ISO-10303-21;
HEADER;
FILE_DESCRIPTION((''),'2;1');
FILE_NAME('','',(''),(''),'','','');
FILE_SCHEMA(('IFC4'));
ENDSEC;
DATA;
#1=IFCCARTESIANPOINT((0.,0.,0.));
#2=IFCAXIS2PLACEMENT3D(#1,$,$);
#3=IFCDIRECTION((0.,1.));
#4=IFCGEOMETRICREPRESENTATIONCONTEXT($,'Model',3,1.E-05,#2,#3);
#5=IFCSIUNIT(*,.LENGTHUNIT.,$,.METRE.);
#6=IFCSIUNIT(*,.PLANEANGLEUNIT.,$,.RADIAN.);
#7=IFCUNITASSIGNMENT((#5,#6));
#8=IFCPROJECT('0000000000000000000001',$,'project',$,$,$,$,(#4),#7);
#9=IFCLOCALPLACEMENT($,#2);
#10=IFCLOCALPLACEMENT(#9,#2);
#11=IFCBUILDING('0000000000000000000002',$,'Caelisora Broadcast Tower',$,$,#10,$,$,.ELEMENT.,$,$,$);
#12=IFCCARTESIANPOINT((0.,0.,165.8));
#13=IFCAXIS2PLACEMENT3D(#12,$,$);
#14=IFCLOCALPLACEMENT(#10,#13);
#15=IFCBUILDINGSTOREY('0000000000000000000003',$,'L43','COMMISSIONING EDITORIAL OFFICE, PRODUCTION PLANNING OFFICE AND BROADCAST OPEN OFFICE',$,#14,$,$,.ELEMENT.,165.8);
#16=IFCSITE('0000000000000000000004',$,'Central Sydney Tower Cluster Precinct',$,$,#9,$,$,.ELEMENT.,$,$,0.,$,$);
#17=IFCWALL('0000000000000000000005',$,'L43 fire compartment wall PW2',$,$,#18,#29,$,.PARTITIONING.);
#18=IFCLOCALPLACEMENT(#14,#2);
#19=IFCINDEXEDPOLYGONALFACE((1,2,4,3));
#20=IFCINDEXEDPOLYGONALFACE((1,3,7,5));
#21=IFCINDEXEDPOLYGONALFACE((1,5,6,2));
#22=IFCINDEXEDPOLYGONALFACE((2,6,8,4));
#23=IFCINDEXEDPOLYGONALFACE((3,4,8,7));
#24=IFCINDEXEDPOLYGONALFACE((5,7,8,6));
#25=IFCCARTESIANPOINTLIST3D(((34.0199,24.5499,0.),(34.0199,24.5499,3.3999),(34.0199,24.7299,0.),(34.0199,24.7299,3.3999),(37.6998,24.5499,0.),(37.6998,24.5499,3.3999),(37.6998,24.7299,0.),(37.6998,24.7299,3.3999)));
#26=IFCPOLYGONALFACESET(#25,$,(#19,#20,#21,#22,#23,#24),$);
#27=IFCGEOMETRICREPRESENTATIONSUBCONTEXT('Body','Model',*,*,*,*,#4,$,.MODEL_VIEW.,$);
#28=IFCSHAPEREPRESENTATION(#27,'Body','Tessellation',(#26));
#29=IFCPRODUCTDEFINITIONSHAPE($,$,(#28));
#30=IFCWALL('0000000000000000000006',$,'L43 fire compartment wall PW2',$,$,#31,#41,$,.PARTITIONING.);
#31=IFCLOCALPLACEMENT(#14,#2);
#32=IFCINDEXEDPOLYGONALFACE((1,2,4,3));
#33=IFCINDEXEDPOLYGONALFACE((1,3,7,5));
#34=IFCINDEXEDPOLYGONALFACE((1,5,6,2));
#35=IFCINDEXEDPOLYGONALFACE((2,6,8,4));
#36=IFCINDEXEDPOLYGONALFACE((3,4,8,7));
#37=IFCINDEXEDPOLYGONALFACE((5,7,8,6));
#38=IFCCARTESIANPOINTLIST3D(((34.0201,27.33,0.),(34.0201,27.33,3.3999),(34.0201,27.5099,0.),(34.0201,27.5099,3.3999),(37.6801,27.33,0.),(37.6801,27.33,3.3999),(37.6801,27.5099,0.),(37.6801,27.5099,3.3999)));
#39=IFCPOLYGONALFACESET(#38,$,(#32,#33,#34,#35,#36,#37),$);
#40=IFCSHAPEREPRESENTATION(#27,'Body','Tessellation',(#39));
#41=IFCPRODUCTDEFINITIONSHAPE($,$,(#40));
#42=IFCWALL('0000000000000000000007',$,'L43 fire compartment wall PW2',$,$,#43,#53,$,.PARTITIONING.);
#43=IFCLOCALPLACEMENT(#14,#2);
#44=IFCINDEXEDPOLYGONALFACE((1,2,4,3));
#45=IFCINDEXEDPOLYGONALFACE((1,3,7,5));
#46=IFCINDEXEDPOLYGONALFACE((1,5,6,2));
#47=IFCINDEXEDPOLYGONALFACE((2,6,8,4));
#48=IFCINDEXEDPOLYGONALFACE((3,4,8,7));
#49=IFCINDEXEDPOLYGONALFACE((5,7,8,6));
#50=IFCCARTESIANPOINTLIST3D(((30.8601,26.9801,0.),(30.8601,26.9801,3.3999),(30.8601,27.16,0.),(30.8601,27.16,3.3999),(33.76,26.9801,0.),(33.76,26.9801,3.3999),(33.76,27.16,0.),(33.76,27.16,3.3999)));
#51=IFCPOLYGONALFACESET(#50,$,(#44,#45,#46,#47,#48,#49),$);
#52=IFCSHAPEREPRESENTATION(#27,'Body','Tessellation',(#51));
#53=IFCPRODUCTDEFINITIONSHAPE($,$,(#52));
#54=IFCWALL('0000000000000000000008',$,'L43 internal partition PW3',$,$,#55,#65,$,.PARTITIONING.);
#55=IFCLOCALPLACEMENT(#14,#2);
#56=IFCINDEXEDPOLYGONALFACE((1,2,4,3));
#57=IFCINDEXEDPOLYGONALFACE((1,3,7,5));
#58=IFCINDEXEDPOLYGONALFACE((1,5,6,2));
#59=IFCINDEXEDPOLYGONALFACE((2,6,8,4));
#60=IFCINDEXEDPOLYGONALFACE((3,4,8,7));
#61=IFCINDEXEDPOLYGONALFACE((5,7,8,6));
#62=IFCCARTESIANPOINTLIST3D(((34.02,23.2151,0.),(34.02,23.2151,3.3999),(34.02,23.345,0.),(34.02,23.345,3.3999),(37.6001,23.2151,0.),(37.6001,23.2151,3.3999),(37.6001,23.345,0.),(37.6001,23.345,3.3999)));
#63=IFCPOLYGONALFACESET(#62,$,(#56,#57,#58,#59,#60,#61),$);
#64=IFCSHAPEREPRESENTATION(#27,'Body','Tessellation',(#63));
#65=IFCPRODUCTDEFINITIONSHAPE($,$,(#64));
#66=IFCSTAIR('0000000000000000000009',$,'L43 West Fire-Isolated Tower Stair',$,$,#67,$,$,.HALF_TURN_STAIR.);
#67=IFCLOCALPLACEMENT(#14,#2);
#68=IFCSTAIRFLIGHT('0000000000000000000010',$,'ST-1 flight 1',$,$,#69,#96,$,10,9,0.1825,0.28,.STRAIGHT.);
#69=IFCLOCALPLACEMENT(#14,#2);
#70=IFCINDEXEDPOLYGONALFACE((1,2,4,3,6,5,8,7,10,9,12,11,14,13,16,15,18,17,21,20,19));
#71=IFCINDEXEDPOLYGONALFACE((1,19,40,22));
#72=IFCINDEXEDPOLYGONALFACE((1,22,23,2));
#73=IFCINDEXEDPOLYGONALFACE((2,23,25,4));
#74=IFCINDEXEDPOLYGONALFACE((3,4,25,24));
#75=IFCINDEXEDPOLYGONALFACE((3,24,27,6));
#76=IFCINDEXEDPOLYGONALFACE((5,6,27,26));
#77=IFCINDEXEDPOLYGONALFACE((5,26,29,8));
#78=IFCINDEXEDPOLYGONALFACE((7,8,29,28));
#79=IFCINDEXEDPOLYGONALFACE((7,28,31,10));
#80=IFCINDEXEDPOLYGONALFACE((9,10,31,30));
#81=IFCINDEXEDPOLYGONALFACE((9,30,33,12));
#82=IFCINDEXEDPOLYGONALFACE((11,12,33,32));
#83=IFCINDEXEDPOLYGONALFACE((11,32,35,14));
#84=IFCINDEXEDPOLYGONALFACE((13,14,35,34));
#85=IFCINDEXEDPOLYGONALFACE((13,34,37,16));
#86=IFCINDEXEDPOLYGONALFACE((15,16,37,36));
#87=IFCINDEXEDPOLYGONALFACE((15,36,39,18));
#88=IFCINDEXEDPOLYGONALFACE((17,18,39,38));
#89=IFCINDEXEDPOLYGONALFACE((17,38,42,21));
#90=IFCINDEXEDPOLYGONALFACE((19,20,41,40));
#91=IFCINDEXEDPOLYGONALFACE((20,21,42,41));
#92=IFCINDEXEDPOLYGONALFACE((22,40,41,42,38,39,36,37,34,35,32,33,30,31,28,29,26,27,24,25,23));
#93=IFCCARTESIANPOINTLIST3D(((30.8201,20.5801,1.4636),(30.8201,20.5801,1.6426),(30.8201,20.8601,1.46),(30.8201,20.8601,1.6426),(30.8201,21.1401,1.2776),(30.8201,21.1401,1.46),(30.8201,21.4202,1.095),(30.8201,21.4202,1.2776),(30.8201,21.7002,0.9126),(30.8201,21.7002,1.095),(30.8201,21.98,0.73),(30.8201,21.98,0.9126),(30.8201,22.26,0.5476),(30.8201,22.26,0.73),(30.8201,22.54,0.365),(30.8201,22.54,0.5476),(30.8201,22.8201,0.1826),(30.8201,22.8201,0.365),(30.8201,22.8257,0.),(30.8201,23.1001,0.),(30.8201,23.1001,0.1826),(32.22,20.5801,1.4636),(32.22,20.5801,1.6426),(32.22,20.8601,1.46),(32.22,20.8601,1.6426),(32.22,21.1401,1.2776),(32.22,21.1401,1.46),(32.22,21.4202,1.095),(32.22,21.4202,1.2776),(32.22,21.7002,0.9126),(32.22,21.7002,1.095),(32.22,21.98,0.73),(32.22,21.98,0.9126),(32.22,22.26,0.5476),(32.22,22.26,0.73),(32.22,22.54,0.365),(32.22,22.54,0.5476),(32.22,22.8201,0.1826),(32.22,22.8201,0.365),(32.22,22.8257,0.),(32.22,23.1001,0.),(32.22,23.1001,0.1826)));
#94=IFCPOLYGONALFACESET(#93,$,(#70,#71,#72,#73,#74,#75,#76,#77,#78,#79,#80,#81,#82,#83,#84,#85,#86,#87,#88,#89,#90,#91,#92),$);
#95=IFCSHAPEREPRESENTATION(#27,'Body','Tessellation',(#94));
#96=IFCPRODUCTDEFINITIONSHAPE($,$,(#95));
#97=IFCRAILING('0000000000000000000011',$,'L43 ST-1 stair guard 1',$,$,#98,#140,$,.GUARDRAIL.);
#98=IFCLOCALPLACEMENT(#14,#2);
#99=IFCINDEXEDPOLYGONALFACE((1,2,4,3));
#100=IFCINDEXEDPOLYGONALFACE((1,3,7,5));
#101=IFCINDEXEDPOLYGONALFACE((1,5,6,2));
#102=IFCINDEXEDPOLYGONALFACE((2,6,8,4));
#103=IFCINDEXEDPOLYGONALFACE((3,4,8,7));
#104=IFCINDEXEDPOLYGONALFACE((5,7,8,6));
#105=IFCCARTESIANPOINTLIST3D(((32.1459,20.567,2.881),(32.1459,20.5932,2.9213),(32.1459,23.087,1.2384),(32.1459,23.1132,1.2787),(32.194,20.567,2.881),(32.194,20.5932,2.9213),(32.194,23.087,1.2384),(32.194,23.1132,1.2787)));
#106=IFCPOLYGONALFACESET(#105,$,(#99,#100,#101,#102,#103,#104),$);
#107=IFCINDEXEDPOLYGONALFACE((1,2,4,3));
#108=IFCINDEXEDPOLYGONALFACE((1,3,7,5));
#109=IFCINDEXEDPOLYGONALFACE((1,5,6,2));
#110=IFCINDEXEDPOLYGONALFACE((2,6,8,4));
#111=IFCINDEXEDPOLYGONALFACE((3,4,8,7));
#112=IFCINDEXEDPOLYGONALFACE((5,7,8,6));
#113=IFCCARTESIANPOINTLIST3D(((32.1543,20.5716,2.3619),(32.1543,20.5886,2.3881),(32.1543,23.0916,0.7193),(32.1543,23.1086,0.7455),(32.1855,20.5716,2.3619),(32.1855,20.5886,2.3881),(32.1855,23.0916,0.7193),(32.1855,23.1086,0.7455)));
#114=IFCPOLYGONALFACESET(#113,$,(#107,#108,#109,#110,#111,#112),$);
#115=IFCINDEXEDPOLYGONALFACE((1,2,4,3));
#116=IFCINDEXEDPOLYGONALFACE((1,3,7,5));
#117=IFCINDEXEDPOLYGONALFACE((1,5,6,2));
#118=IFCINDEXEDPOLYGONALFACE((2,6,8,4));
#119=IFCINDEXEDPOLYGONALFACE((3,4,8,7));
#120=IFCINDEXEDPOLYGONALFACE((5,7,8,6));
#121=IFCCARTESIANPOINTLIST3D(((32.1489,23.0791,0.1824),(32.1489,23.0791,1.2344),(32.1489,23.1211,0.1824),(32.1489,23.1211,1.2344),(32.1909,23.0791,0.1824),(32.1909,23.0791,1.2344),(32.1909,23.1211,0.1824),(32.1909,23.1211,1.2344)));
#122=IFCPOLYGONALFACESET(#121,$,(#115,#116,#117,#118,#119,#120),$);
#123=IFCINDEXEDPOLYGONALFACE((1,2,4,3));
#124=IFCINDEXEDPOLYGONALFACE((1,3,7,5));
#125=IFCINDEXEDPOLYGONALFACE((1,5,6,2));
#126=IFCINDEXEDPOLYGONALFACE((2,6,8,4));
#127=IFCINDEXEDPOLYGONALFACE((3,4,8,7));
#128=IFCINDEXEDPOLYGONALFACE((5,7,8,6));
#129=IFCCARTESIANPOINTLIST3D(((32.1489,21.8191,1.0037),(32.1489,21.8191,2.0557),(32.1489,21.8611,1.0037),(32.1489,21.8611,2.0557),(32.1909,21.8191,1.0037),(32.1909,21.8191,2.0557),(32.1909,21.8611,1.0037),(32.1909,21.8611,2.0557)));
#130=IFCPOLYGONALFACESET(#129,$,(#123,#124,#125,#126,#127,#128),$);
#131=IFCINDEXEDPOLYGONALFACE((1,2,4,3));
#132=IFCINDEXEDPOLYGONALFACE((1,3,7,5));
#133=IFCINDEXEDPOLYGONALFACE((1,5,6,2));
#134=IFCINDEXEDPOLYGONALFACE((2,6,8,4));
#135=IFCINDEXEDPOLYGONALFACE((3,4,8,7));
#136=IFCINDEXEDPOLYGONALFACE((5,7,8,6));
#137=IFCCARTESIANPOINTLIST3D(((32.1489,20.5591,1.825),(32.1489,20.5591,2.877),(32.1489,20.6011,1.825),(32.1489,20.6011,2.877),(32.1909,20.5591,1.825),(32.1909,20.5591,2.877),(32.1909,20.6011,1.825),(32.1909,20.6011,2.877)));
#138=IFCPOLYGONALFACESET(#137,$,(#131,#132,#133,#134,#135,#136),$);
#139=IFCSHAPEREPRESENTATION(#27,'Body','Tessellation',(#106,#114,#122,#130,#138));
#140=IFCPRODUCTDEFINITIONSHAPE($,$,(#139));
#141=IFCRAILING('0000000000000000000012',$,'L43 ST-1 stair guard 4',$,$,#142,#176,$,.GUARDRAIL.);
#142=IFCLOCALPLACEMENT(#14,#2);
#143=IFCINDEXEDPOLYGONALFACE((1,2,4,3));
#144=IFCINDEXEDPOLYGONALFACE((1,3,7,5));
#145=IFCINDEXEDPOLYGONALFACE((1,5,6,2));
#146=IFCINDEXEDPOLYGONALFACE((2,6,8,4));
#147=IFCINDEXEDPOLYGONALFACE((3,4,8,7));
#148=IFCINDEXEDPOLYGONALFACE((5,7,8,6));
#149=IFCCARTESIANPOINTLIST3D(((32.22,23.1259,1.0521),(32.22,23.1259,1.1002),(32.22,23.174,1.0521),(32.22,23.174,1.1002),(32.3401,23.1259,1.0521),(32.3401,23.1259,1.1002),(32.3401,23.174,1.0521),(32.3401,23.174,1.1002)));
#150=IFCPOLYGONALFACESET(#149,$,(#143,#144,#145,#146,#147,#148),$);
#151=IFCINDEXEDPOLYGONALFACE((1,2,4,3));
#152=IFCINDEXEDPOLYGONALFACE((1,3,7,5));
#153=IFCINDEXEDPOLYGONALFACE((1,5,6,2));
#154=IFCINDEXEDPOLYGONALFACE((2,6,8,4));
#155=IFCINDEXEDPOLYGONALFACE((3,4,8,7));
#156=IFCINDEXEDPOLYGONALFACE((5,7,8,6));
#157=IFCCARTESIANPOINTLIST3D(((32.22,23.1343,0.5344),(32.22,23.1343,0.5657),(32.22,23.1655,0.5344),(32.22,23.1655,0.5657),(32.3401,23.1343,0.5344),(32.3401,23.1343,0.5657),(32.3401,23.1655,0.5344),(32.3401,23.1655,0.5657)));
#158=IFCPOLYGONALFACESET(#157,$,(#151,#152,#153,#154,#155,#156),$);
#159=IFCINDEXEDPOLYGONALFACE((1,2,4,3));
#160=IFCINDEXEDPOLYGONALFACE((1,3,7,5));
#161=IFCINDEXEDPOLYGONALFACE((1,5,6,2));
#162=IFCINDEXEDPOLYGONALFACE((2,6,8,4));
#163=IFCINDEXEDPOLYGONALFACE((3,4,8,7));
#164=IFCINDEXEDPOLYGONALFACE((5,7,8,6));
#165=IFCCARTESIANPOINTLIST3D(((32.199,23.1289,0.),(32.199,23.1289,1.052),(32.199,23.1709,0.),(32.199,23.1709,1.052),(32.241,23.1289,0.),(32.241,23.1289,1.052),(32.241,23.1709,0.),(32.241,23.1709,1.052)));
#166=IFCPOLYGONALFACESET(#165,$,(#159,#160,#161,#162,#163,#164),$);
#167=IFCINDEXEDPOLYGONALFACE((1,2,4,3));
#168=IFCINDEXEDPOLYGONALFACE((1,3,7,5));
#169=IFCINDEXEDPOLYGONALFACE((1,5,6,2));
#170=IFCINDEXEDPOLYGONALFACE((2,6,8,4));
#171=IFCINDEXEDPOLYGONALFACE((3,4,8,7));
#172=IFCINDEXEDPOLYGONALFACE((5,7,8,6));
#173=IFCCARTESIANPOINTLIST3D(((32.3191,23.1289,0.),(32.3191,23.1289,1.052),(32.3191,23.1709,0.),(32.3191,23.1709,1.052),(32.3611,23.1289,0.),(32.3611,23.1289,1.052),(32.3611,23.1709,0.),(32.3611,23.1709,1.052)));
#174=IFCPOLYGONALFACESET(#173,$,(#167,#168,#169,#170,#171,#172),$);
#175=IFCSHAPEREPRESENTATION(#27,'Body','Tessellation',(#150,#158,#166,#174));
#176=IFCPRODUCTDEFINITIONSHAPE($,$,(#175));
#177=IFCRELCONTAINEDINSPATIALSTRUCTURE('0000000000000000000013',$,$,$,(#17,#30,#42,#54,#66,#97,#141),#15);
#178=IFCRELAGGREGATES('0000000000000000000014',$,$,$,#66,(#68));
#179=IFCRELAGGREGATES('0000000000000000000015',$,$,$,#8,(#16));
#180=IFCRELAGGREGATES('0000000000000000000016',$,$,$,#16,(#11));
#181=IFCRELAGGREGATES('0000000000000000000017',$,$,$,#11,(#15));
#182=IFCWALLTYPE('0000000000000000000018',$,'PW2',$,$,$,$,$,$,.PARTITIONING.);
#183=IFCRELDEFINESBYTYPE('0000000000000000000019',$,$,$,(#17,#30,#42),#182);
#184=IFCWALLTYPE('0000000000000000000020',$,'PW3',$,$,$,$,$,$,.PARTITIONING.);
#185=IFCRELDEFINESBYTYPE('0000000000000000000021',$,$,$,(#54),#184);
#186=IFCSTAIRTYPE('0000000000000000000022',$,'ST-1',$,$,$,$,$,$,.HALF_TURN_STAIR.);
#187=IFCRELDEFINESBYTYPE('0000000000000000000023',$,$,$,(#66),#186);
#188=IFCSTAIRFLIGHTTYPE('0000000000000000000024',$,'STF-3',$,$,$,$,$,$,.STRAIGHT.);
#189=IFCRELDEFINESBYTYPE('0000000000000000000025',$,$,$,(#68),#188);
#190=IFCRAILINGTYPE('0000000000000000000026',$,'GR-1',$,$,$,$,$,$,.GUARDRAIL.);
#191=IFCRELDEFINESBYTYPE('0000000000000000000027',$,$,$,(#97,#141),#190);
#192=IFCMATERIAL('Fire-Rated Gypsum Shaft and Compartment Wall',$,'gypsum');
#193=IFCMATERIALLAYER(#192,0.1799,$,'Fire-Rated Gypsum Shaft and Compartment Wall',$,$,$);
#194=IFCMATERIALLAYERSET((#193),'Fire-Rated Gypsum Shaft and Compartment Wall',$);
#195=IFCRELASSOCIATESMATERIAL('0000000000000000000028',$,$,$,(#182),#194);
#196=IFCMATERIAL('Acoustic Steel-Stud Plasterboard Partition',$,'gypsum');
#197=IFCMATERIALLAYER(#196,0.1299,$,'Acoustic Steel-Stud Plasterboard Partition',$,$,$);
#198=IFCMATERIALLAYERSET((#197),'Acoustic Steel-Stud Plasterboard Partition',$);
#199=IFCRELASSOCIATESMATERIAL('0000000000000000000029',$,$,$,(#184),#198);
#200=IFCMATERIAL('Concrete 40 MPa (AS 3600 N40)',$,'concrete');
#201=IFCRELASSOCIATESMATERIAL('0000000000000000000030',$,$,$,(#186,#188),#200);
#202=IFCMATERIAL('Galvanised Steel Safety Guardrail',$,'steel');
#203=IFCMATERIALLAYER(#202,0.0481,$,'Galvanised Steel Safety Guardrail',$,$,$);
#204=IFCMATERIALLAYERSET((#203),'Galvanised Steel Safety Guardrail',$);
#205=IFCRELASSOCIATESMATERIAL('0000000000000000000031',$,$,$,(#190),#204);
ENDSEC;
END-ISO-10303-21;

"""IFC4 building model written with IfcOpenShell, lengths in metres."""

from ifc_helpers import new_model, si_unit, direction, frame, frame_2d, origin, origin_2d, place, context, subcontext, project, spatial, polyline, rectangle, outline, extrude, material, layer, layer_set, type_object, element, aggregate, save


model = new_model("IFC4")

# Units and contexts
model_context = context("Model", 3, precision=1e-05, world=origin(), true_north=direction((0.0, 1.0)))
body_context = subcontext(model_context, "Body", "Model", "MODEL_VIEW")
ifc_project = project(units=[si_unit("LENGTHUNIT", "METRE"), si_unit("PLANEANGLEUNIT", "RADIAN")], contexts=[model_context])

# Site, building, storey
site_placement = place(None, origin())
site = spatial("IfcSite", under=ifc_project, at=site_placement, Name="Central Sydney Tower Cluster Precinct", CompositionType="ELEMENT", RefElevation=0.0)
building_placement = place(site_placement, origin())
building = spatial("IfcBuilding", under=site, at=building_placement, Name="Caelisora Broadcast Tower", CompositionType="ELEMENT")
storey_placement = place(building_placement, frame((0.0, 0.0, 165.8)))
storey = spatial("IfcBuildingStorey", under=building, at=storey_placement, Name="L43", Description="COMMISSIONING EDITORIAL OFFICE, PRODUCTION PLANNING OFFICE AND BROADCAST OPEN OFFICE", CompositionType="ELEMENT", Elevation=165.8)

# Shared definitions
ifc_material_1 = material(Name="Fire-Rated Gypsum Shaft and Compartment Wall", Category="gypsum")
ifc_layer_1 = layer(ifc_material_1, 0.1799, Name="Fire-Rated Gypsum Shaft and Compartment Wall")
ifc_layer_set_1 = layer_set([ifc_layer_1], Name="Fire-Rated Gypsum Shaft and Compartment Wall")
wall_type_1 = type_object("IfcWallType", Name="PW2", PredefinedType="PARTITIONING", material=ifc_layer_set_1)

# Walls
wall_1_placement = place(storey_placement, frame((34.02, 24.6399, 0.0), z_axis=(0.0, 0.0, 1.0), x_axis=(1.0, 0.0, 0.0)))
element("IfcWall", 1, at=wall_1_placement, inside=storey, type_object=wall_type_1, Name="L43 fire compartment wall PW2", PredefinedType="PARTITIONING", context=body_context, shape_type="SweptSolid", body=[
    extrude(rectangle(XDim=3.6799, YDim=0.1799, at=frame_2d((1.8398, 0.0))), origin(), (0.0, 0.0, 1.0), 3.3999),
])
wall_2_placement = place(storey_placement, frame((34.02, 27.4199, 0.0), z_axis=(0.0, 0.0, 1.0), x_axis=(1.0, 0.0, 0.0)))
element("IfcWall", 2, at=wall_2_placement, inside=storey, type_object=wall_type_1, Name="L43 fire compartment wall PW2", PredefinedType="PARTITIONING", context=body_context, shape_type="SweptSolid", body=[
    extrude(rectangle(XDim=3.6599, YDim=0.1799, at=frame_2d((1.8301, 0.0))), origin(), (0.0, 0.0, 1.0), 3.3999),
])
wall_3_placement = place(storey_placement, frame((30.8601, 27.0701, 0.0), z_axis=(0.0, 0.0, 1.0), x_axis=(1.0, 0.0, 0.0)))
element("IfcWall", 3, at=wall_3_placement, inside=storey, type_object=wall_type_1, Name="L43 fire compartment wall PW2", PredefinedType="PARTITIONING", context=body_context, shape_type="SweptSolid", body=[
    extrude(rectangle(XDim=2.8999, YDim=0.1799, at=frame_2d((1.45, 0.0))), origin(), (0.0, 0.0, 1.0), 3.3999),
])
ifc_material_2 = material(Name="Acoustic Steel-Stud Plasterboard Partition", Category="gypsum")
ifc_layer_2 = layer(ifc_material_2, 0.1299, Name="Acoustic Steel-Stud Plasterboard Partition")
ifc_layer_set_2 = layer_set([ifc_layer_2], Name="Acoustic Steel-Stud Plasterboard Partition")
wall_type_2 = type_object("IfcWallType", Name="PW3", PredefinedType="PARTITIONING", material=ifc_layer_set_2)
wall_4_placement = place(storey_placement, frame((34.02, 23.28, 0.0), z_axis=(0.0, 0.0, 1.0), x_axis=(1.0, 0.0, 0.0)))
element("IfcWall", 4, at=wall_4_placement, inside=storey, type_object=wall_type_2, Name="L43 internal partition PW3", PredefinedType="PARTITIONING", context=body_context, shape_type="SweptSolid", body=[
    extrude(rectangle(XDim=3.5801, YDim=0.1299, at=frame_2d((1.79, 0.0))), origin(), (0.0, 0.0, 1.0), 3.3999),
])

# Stair, stair flight
ifc_material_3 = material(Name="Concrete 40 MPa (AS 3600 N40)", Category="concrete")
stair_type = type_object("IfcStairType", Name="ST-1", PredefinedType="HALF_TURN_STAIR", material=ifc_material_3)
stair_placement = place(storey_placement, origin())
stair = element("IfcStair", 5, at=stair_placement, inside=storey, type_object=stair_type, Name="L43 West Fire-Isolated Tower Stair", PredefinedType="HALF_TURN_STAIR")
stair_flight_type = type_object("IfcStairFlightType", Name="STF-3", PredefinedType="STRAIGHT", material=ifc_material_3)
stair_flight_placement = place(storey_placement, frame((31.52, 23.1001, 0.0), z_axis=(0.0, 0.0, 1.0), x_axis=(0.0, -1.0, 0.0)))
stair_flight = element("IfcStairFlight", 6, at=stair_flight_placement, type_object=stair_flight_type, Name="ST-1 flight 1", NumberOfRisers=10, NumberOfTreads=9, PredefinedType="STRAIGHT", RiserHeight=0.1825, TreadLength=0.28, context=body_context, shape_type="SweptSolid", body=[
    extrude(outline(polyline([(0.0, 0.0), (0.0, 0.1826), (0.28, 0.1826), (0.28, 0.365), (0.5601, 0.365), (0.5601, 0.5476), (0.8401, 0.5476), (0.8401, 0.73), (1.1201, 0.73), (1.1201, 0.9126), (1.3999, 0.9126), (1.3999, 1.095), (1.6799, 1.095), (1.6799, 1.2776), (1.96, 1.2776), (1.96, 1.46), (2.24, 1.46), (2.24, 1.6426), (2.52, 1.6426), (2.52, 1.825), (2.52, 1.4636), (0.2744, 0.0), (0.0, 0.0)])), frame((0.0, 0.7, 0.0), z_axis=(0.0, -1.0, 0.0), x_axis=(1.0, 0.0, 0.0)), (0.0, 0.0, 1.0), 1.3999),
])
aggregate(stair, [stair_flight])

# Railings
ifc_material_4 = material(Name="Galvanised Steel Safety Guardrail", Category="steel")
ifc_layer_3 = layer(ifc_material_4, 0.0481, Name="Galvanised Steel Safety Guardrail")
ifc_layer_set_3 = layer_set([ifc_layer_3], Name="Galvanised Steel Safety Guardrail")
railing_type = type_object("IfcRailingType", Name="GR-1", PredefinedType="GUARDRAIL", material=ifc_layer_set_3)
railing_1_placement = place(storey_placement, frame((32.1699, 23.1001, 0.1824)))
element("IfcRailing", 7, at=railing_1_placement, inside=storey, type_object=railing_type, Name="L43 ST-1 stair guard 1", PredefinedType="GUARDRAIL", context=body_context, shape_type="SweptSolid", body=[
    extrude(rectangle(XDim=0.0481, YDim=0.0481, at=origin_2d()), frame((0.0, 0.0, 1.0762), z_axis=(0.0, -0.837749, 0.546055), x_axis=(1.0, 0.0, 0.0)), (0.0, 0.0, 1.0), 3.0081),
    extrude(rectangle(XDim=0.0312, YDim=0.0312, at=origin_2d()), frame((0.0, 0.0, 0.55), z_axis=(0.0, -0.837749, 0.546055), x_axis=(1.0, 0.0, 0.0)), (0.0, 0.0, 1.0), 3.0081),
    extrude(rectangle(XDim=0.042, YDim=0.042, at=origin_2d()), origin(), (0.0, 0.0, 1.0), 1.052),
    extrude(rectangle(XDim=0.042, YDim=0.042, at=origin_2d()), frame((0.0, -1.26, 0.8213)), (0.0, 0.0, 1.0), 1.052),
    extrude(rectangle(XDim=0.042, YDim=0.042, at=origin_2d()), frame((0.0, -2.52, 1.6426)), (0.0, 0.0, 1.0), 1.052),
])
railing_2_placement = place(storey_placement, frame((32.22, 23.1499, 0.0)))
element("IfcRailing", 8, at=railing_2_placement, inside=storey, type_object=railing_type, Name="L43 ST-1 stair guard 4", PredefinedType="GUARDRAIL", context=body_context, shape_type="SweptSolid", body=[
    extrude(rectangle(XDim=0.0481, YDim=0.0481, at=origin_2d()), frame((0.0, 0.0, 1.0762), z_axis=(1.0, 0.0, 0.0), x_axis=(0.0, 1.0, 0.0)), (0.0, 0.0, 1.0), 0.1201),
    extrude(rectangle(XDim=0.0312, YDim=0.0312, at=origin_2d()), frame((0.0, 0.0, 0.55), z_axis=(1.0, 0.0, 0.0), x_axis=(0.0, 1.0, 0.0)), (0.0, 0.0, 1.0), 0.1201),
    extrude(rectangle(XDim=0.042, YDim=0.042, at=origin_2d()), origin(), (0.0, 0.0, 1.0), 1.052),
    extrude(rectangle(XDim=0.042, YDim=0.042, at=origin_2d()), frame((0.1201, 0.0, 0.0)), (0.0, 0.0, 1.0), 1.052),
])

save(model, "model.ifc")
